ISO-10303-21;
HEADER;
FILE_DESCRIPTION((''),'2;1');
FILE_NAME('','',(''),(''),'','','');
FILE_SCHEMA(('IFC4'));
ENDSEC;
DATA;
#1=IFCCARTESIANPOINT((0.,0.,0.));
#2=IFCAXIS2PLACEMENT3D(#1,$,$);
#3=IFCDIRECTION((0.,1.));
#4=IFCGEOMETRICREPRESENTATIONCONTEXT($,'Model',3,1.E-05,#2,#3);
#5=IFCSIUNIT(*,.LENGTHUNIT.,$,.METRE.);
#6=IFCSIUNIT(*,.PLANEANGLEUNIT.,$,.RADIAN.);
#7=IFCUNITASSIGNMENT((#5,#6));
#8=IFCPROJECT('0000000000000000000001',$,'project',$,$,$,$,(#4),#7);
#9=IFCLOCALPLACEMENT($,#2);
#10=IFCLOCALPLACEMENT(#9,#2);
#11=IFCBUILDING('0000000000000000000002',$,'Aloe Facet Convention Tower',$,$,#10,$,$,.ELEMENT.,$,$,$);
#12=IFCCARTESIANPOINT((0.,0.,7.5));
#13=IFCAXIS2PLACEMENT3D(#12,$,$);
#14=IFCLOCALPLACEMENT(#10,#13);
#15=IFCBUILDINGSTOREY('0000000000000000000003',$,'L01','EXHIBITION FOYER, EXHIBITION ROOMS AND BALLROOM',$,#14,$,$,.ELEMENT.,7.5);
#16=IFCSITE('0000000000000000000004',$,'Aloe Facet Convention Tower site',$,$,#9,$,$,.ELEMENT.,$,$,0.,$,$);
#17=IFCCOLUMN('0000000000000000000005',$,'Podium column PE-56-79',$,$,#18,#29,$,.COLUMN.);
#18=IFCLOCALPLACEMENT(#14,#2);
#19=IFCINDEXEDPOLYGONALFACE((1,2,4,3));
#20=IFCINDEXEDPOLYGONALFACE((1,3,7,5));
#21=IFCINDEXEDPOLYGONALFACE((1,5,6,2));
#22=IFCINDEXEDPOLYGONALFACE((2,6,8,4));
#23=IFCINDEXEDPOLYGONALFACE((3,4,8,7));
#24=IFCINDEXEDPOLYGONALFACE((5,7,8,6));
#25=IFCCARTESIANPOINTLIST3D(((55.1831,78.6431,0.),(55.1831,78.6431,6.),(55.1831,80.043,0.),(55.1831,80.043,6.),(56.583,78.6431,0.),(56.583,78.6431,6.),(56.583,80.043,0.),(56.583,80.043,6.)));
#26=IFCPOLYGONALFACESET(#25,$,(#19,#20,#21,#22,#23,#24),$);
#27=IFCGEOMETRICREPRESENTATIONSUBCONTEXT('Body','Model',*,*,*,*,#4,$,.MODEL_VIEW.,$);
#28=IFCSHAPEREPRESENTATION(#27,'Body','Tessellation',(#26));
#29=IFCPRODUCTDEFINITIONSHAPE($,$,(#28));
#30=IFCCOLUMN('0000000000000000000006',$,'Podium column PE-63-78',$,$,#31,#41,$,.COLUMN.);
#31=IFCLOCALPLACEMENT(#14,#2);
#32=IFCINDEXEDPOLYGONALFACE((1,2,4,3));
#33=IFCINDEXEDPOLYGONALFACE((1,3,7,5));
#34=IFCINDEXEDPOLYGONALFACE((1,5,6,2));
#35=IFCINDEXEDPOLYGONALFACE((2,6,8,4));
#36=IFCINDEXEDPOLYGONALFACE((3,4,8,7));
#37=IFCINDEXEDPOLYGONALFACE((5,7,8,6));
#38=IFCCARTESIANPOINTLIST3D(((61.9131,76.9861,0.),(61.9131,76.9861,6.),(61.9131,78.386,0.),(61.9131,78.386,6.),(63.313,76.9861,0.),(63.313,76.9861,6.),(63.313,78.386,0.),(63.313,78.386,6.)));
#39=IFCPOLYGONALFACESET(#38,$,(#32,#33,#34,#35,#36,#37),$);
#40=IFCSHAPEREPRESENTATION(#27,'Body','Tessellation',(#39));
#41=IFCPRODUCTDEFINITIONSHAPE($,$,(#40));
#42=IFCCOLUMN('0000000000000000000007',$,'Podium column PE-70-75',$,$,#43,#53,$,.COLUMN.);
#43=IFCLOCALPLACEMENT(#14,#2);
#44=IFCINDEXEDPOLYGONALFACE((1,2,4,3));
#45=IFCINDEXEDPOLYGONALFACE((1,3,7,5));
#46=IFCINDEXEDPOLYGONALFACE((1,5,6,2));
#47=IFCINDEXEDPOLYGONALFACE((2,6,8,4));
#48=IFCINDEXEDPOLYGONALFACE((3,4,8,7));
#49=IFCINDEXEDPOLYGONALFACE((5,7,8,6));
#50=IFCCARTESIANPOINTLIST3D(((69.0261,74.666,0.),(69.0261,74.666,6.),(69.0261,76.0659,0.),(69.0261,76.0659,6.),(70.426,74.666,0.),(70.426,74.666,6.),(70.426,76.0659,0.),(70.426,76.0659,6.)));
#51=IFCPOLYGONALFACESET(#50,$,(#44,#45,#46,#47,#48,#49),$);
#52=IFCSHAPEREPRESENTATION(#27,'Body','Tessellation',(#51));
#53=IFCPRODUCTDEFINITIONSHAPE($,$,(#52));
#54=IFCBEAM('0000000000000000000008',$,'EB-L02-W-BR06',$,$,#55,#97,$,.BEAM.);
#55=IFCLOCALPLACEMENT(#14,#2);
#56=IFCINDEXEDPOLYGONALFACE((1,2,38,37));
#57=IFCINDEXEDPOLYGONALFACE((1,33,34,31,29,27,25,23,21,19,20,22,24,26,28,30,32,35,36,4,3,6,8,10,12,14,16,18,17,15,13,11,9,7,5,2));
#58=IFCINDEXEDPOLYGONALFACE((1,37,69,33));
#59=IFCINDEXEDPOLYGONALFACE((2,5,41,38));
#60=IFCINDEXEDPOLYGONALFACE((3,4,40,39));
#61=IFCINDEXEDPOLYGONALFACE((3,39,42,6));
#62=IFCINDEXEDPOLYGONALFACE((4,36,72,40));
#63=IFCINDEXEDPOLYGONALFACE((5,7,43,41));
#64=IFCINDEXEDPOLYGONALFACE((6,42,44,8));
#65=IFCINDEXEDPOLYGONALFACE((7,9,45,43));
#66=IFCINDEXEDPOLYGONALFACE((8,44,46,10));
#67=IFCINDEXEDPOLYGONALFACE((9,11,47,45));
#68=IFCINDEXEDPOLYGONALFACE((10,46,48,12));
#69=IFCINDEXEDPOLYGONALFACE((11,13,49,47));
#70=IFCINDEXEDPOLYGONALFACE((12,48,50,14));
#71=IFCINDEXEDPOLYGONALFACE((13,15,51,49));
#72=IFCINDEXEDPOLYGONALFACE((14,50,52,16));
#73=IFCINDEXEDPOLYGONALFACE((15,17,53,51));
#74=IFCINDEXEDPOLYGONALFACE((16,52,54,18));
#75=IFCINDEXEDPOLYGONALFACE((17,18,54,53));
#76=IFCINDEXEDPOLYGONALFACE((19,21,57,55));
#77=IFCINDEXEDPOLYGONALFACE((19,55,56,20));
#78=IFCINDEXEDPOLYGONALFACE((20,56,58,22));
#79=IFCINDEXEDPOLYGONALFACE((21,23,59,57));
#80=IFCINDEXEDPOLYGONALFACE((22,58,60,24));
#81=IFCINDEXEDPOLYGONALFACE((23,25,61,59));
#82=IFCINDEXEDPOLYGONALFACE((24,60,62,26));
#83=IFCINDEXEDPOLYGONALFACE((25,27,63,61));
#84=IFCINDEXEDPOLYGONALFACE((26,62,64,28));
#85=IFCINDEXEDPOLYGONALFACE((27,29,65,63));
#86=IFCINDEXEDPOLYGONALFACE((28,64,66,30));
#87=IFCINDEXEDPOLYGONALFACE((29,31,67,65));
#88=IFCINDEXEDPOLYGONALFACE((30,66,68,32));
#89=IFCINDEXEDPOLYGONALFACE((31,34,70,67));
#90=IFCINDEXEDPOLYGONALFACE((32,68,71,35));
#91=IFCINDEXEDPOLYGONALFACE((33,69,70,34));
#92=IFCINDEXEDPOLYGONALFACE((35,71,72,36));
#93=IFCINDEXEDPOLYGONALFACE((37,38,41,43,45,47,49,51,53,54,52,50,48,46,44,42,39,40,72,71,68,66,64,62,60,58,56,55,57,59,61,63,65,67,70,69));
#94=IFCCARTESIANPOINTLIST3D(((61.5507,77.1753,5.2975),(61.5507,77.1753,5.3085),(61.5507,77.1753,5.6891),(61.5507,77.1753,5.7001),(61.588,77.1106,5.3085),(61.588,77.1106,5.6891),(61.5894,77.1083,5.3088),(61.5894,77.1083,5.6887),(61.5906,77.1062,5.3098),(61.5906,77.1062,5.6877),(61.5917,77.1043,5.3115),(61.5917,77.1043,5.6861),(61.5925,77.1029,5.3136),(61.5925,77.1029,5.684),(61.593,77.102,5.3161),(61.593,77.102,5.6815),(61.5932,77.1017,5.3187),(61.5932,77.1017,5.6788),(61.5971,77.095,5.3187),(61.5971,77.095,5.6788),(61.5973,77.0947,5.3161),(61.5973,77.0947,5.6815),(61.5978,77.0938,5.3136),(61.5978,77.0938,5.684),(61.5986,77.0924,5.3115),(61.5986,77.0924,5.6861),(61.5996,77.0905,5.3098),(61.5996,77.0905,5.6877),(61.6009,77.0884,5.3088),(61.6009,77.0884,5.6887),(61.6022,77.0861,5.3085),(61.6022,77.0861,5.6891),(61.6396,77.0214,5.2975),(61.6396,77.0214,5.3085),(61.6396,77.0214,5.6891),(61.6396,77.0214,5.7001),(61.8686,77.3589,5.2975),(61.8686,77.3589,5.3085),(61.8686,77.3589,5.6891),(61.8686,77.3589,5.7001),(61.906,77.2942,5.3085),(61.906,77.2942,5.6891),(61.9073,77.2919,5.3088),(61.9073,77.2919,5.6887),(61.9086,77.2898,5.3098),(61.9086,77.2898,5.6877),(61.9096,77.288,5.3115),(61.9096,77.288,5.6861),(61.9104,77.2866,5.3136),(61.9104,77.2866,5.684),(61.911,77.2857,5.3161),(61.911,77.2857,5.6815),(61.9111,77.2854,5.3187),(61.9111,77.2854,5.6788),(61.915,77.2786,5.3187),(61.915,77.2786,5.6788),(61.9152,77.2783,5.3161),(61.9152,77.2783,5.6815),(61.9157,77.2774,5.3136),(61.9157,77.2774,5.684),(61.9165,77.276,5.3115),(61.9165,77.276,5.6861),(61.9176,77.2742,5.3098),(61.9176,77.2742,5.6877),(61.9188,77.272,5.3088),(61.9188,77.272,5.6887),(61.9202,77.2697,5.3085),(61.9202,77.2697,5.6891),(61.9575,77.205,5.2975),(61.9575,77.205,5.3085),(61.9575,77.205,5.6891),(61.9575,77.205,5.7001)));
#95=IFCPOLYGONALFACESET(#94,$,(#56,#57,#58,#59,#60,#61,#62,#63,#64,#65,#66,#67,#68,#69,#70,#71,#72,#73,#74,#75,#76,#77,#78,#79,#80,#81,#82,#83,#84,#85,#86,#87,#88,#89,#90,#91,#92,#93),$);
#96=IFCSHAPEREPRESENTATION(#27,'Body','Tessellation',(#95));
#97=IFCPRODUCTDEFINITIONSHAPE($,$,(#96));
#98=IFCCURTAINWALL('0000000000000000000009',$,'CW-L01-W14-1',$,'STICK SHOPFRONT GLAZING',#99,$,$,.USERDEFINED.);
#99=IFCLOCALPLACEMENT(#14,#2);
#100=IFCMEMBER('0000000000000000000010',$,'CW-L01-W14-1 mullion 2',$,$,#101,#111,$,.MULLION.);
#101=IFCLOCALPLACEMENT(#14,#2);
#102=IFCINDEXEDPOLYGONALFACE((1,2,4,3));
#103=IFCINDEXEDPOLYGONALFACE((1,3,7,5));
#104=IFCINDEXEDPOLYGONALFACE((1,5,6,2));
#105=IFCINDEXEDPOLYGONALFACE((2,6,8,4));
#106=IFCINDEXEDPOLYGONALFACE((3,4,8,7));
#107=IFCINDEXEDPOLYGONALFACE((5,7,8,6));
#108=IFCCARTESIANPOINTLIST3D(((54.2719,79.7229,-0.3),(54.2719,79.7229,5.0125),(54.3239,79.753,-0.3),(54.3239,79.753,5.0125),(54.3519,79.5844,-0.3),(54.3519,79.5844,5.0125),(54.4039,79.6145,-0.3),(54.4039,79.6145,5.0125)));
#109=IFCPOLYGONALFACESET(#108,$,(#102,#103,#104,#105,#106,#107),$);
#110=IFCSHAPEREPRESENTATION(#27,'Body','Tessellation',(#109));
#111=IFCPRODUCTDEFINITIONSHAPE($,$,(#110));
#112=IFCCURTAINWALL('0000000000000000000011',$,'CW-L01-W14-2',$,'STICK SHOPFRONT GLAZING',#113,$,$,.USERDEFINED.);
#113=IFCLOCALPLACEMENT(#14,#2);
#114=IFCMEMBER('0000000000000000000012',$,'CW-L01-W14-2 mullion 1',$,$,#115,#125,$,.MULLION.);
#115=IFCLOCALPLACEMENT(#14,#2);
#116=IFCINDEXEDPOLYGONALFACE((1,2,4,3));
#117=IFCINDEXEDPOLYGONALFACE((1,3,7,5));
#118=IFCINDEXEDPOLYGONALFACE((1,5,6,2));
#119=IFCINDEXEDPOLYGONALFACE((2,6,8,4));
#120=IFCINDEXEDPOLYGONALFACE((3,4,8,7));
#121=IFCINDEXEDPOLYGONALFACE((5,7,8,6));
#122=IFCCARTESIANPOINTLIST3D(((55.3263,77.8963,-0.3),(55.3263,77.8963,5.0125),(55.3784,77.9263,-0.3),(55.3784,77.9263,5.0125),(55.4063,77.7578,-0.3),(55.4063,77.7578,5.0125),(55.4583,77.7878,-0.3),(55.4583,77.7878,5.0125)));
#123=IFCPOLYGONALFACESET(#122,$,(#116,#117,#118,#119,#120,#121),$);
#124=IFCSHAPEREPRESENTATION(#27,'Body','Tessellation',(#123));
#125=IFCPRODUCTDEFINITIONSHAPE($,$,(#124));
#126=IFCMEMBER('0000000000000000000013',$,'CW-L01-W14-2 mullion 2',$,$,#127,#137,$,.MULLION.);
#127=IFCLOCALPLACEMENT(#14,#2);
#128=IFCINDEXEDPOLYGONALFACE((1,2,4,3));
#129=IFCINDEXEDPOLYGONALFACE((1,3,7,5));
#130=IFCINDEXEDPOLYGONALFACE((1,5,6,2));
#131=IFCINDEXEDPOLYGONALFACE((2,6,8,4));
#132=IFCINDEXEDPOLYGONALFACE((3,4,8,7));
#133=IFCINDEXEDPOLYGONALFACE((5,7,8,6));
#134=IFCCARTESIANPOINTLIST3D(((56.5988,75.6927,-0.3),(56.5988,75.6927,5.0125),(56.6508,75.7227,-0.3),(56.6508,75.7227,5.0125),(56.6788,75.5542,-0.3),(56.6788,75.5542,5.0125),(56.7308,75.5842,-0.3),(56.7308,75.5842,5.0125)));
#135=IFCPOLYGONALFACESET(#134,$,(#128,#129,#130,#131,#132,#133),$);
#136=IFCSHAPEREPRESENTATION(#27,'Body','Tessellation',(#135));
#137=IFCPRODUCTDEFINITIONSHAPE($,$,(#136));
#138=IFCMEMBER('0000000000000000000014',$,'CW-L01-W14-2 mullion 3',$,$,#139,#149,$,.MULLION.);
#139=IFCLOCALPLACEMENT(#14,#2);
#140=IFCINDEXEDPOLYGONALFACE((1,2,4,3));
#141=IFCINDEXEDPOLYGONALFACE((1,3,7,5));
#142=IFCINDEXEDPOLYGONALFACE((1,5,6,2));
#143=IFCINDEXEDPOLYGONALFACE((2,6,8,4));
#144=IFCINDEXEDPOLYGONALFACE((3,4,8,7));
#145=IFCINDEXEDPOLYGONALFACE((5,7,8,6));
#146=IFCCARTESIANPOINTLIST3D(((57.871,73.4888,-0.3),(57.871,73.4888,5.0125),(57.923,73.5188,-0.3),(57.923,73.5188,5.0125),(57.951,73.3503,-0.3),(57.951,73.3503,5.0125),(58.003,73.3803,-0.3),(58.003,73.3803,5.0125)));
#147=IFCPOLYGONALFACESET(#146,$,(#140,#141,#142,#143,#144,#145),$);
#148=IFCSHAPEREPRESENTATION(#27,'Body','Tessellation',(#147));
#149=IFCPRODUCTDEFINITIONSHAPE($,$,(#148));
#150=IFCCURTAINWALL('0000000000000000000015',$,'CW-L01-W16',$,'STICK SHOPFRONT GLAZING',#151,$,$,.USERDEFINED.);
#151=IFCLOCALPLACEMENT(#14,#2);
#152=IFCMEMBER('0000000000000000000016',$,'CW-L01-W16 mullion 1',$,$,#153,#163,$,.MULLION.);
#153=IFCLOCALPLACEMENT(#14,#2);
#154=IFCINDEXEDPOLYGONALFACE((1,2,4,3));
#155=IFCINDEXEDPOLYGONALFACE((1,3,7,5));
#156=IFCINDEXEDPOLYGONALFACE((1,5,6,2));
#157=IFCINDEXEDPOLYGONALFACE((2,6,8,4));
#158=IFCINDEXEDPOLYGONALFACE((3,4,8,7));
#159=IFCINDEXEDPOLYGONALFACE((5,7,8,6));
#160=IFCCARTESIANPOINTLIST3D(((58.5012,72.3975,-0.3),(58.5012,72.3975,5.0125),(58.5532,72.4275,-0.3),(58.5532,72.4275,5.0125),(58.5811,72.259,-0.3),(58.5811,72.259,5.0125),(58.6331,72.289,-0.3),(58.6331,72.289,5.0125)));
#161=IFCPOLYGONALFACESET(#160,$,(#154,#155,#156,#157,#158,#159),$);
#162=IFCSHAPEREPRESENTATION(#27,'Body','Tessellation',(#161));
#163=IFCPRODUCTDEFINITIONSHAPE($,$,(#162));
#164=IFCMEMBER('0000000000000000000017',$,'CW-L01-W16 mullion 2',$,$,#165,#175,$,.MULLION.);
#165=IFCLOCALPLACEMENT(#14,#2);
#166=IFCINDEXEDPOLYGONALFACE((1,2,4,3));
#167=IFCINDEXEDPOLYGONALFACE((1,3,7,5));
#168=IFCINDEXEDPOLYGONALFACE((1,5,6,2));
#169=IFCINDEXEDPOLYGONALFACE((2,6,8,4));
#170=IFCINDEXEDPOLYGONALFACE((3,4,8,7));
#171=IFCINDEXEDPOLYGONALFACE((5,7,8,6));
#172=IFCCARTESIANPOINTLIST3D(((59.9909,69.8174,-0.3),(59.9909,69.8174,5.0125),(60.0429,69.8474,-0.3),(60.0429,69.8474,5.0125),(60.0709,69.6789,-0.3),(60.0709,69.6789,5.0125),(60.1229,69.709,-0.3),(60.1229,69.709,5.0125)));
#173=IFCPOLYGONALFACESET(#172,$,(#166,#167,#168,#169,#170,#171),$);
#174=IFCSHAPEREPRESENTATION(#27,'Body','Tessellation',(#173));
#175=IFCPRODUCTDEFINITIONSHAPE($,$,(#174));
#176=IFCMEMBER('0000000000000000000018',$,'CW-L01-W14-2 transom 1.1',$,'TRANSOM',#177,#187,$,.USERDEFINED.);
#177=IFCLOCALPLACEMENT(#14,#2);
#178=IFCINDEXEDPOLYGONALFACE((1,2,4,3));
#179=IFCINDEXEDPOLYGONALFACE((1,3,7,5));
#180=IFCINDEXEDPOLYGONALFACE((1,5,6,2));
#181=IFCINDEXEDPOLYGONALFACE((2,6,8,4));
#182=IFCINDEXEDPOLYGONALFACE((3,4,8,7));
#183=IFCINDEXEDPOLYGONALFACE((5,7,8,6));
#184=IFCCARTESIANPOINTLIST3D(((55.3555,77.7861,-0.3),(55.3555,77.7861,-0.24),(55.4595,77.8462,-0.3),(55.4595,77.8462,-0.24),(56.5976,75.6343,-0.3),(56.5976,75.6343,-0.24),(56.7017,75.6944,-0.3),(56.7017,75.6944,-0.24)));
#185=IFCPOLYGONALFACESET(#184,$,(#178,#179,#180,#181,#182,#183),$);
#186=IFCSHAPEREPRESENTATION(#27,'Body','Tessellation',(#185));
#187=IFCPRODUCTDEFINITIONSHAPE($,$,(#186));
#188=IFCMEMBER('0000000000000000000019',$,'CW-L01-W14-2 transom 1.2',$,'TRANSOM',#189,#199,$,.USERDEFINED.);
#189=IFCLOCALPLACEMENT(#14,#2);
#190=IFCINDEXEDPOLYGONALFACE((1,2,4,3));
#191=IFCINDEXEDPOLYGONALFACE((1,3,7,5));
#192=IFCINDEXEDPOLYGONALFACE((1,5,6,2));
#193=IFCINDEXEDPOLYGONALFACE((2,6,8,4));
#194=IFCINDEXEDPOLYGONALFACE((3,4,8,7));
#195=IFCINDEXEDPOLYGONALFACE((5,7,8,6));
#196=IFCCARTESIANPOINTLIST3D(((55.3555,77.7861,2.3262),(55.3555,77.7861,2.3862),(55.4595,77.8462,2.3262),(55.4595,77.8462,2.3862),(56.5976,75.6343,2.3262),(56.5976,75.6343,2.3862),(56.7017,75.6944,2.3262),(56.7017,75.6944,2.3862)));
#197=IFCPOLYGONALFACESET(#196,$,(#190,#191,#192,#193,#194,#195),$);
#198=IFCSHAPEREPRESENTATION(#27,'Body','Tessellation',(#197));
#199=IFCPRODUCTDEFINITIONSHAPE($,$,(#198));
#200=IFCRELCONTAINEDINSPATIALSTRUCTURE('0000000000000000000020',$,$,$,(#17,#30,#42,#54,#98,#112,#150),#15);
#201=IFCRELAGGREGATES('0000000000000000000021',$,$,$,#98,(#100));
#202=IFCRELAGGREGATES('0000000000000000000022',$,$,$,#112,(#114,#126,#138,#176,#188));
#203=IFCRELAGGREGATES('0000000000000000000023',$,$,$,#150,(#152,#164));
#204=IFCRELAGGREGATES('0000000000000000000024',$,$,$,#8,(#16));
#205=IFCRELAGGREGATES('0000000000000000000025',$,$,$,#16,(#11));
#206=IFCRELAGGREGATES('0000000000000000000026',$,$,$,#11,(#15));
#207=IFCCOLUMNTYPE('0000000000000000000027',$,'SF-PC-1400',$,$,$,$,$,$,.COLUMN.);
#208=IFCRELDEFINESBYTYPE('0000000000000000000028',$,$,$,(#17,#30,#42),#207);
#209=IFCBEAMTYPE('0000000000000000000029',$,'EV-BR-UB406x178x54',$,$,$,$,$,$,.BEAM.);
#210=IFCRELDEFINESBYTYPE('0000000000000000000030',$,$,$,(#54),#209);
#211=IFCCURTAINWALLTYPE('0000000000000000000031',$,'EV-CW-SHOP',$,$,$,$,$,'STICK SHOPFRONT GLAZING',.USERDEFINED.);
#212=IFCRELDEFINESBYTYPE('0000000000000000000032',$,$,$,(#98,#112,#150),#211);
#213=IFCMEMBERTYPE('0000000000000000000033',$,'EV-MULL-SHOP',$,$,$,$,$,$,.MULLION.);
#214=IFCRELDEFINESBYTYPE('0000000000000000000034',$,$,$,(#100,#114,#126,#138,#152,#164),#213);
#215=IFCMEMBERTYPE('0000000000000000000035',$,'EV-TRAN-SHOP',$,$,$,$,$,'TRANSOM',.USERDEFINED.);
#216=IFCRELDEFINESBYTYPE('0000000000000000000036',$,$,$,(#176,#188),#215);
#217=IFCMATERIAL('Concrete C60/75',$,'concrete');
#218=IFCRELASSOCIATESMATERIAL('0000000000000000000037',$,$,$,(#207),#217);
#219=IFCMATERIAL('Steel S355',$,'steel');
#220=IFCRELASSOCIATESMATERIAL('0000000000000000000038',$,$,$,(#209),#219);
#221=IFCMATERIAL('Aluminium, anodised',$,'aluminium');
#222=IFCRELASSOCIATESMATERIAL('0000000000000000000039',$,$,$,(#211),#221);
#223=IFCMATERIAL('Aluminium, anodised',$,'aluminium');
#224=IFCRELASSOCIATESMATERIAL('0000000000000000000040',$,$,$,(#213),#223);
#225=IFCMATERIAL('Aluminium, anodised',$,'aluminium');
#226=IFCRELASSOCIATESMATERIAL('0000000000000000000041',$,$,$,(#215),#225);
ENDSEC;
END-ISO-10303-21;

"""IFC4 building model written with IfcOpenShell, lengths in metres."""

from ifc_helpers import new_model, si_unit, direction, frame, origin, origin_2d, place, context, subcontext, project, spatial, rectangle, i_section, extrude, material, material_profile, profile_set, type_object, element, aggregate, save


model = new_model("IFC4")

# Units and contexts
model_context = context("Model", 3, precision=1e-05, world=origin(), true_north=direction((0.0, 1.0)))
body_context = subcontext(model_context, "Body", "Model", "MODEL_VIEW")
ifc_project = project(units=[si_unit("LENGTHUNIT", "METRE"), si_unit("PLANEANGLEUNIT", "RADIAN")], contexts=[model_context])

# Site, building, storey
site_placement = place(None, origin())
site = spatial("IfcSite", under=ifc_project, at=site_placement, Name="Aloe Facet Convention Tower site", CompositionType="ELEMENT", RefElevation=0.0)
building_placement = place(site_placement, origin())
building = spatial("IfcBuilding", under=site, at=building_placement, Name="Aloe Facet Convention Tower", CompositionType="ELEMENT")
storey_placement = place(building_placement, frame((0.0, 0.0, 7.5)))
storey = spatial("IfcBuildingStorey", under=building, at=storey_placement, Name="L01", Description="EXHIBITION FOYER, EXHIBITION ROOMS AND BALLROOM", CompositionType="ELEMENT", Elevation=7.5)

# Columns
ifc_material_1 = material(Name="Concrete C60/75", Category="concrete")
ifc_material_profile_1 = material_profile(ifc_material_1, rectangle(XDim=1.3999, YDim=1.3999, at=origin_2d()), Name="SF-PC-1400")
ifc_profile_set_1 = profile_set([ifc_material_profile_1], Name="Concrete C60/75")
column_type = type_object("IfcColumnType", Name="SF-PC-1400", PredefinedType="COLUMN", material=ifc_profile_set_1)
for number, where, z_axis, x_axis, name in (
    (1, (55.8831, 79.343, 0.0), (0.0, 0.0, 1.0), (1.0, 0.0, 0.0), "Podium column PE-56-79"),
    (2, (62.613, 77.686, 0.0), (0.0, 0.0, 1.0), (1.0, 0.0, 0.0), "Podium column PE-63-78"),
    (3, (69.7261, 75.366, 0.0), (0.0, 0.0, 1.0), (1.0, 0.0, 0.0), "Podium column PE-70-75"),
):
    element("IfcColumn", number, at=place(storey_placement, frame(where, z_axis=z_axis, x_axis=x_axis)), inside=storey, type_object=column_type, Name=name, PredefinedType="COLUMN", context=body_context, shape_type="SweptSolid", body=[
        extrude(rectangle(XDim=1.3999, YDim=1.3999, at=origin_2d()), origin(), (0.0, 0.0, 1.0), 6.0),
    ])

# Beam
ifc_material_2 = material(Name="Steel S355", Category="steel")
ifc_material_profile_2 = material_profile(ifc_material_2, i_section(OverallWidth=0.1777, OverallDepth=0.4026, WebThickness=0.0078, FlangeThickness=0.011, FilletRadius=0.0103, at=origin_2d()), Name="UB 406x178x54")
ifc_profile_set_2 = profile_set([ifc_material_profile_2], Name="Steel S355")
beam_type_1 = type_object("IfcBeamType", Name="EV-BR-UB406x178x54", PredefinedType="BEAM", material=ifc_profile_set_2)
beam_1_placement = place(storey_placement, frame((61.9131, 77.282, 5.4988), z_axis=(-0.865942, -0.500145, 0.0), x_axis=(0.500145, -0.865942, 0.0)))
element("IfcBeam", 4, at=beam_1_placement, inside=storey, type_object=beam_type_1, Name="EB-L02-W-BR06", PredefinedType="BEAM", context=body_context, shape_type="SweptSolid", body=[
    extrude(i_section(OverallWidth=0.1777, OverallDepth=0.4026, WebThickness=0.0078, FlangeThickness=0.011, FilletRadius=0.0103, at=origin_2d()), origin(), (0.0, 0.0, 1.0), 0.3672),
])

# Curtain wall, member
ifc_material_3 = material(Name="Aluminium, anodised", Category="aluminium")
curtain_wall_type = type_object("IfcCurtainWallType", Name="EV-CW-SHOP", ElementType="STICK SHOPFRONT GLAZING", PredefinedType="USERDEFINED", material=ifc_material_3)
curtain_wall_1_placement = place(storey_placement, origin())
curtain_wall_1 = element("IfcCurtainWall", 5, at=curtain_wall_1_placement, inside=storey, type_object=curtain_wall_type, Name="CW-L01-W14-1", ObjectType="STICK SHOPFRONT GLAZING", PredefinedType="USERDEFINED")
ifc_material_4 = material(Name="Aluminium, anodised", Category="aluminium")
ifc_material_profile_3 = material_profile(ifc_material_4, rectangle(XDim=0.0601, YDim=0.1599, at=origin_2d()), Name="AL 60x160")
ifc_profile_set_3 = profile_set([ifc_material_profile_3], Name="Aluminium, anodised")
member_type_1 = type_object("IfcMemberType", Name="EV-MULL-SHOP", PredefinedType="MULLION", material=ifc_profile_set_3)
member_1_placement = place(storey_placement, frame((54.3379, 79.6687, -0.3), z_axis=(0.0, 0.0, 1.0), x_axis=(0.866025, 0.5, 0.0)))
member_1 = element("IfcMember", 6, at=member_1_placement, type_object=member_type_1, Name="CW-L01-W14-1 mullion 2", PredefinedType="MULLION", context=body_context, shape_type="SweptSolid", body=[
    extrude(rectangle(XDim=0.0601, YDim=0.1599, at=origin_2d()), origin(), (0.0, 0.0, 1.0), 5.3125),
])
aggregate(curtain_wall_1, [member_1])

# Curtain walls, members
curtain_wall_2_placement = place(storey_placement, origin())
curtain_wall_2 = element("IfcCurtainWall", 7, at=curtain_wall_2_placement, inside=storey, type_object=curtain_wall_type, Name="CW-L01-W14-2", ObjectType="STICK SHOPFRONT GLAZING", PredefinedType="USERDEFINED")
member_2_placement = place(storey_placement, frame((55.3923, 77.842, -0.3), z_axis=(0.0, 0.0, 1.0), x_axis=(0.866025, 0.5, 0.0)))
member_2 = element("IfcMember", 8, at=member_2_placement, type_object=member_type_1, Name="CW-L01-W14-2 mullion 1", PredefinedType="MULLION", context=body_context, shape_type="SweptSolid", body=[
    extrude(rectangle(XDim=0.0601, YDim=0.1599, at=origin_2d()), origin(), (0.0, 0.0, 1.0), 5.3125),
])
member_3_placement = place(storey_placement, frame((56.6648, 75.6384, -0.3), z_axis=(0.0, 0.0, 1.0), x_axis=(0.866025, 0.5, 0.0)))
member_3 = element("IfcMember", 9, at=member_3_placement, type_object=member_type_1, Name="CW-L01-W14-2 mullion 2", PredefinedType="MULLION", context=body_context, shape_type="SweptSolid", body=[
    extrude(rectangle(XDim=0.0601, YDim=0.1599, at=origin_2d()), origin(), (0.0, 0.0, 1.0), 5.3125),
])
member_4_placement = place(storey_placement, frame((57.937, 73.4346, -0.3), z_axis=(0.0, 0.0, 1.0), x_axis=(0.866025, 0.5, 0.0)))
member_4 = element("IfcMember", 10, at=member_4_placement, type_object=member_type_1, Name="CW-L01-W14-2 mullion 3", PredefinedType="MULLION", context=body_context, shape_type="SweptSolid", body=[
    extrude(rectangle(XDim=0.0601, YDim=0.1599, at=origin_2d()), origin(), (0.0, 0.0, 1.0), 5.3125),
])
curtain_wall_3_placement = place(storey_placement, origin())
curtain_wall_3 = element("IfcCurtainWall", 11, at=curtain_wall_3_placement, inside=storey, type_object=curtain_wall_type, Name="CW-L01-W16", ObjectType="STICK SHOPFRONT GLAZING", PredefinedType="USERDEFINED")
member_5_placement = place(storey_placement, frame((58.5671, 72.3433, -0.3), z_axis=(0.0, 0.0, 1.0), x_axis=(0.866025, 0.5, 0.0)))
member_5 = element("IfcMember", 12, at=member_5_placement, type_object=member_type_1, Name="CW-L01-W16 mullion 1", PredefinedType="MULLION", context=body_context, shape_type="SweptSolid", body=[
    extrude(rectangle(XDim=0.0601, YDim=0.1599, at=origin_2d()), origin(), (0.0, 0.0, 1.0), 5.3125),
])
member_6_placement = place(storey_placement, frame((60.0569, 69.7632, -0.3), z_axis=(0.0, 0.0, 1.0), x_axis=(0.866025, 0.5, 0.0)))
member_6 = element("IfcMember", 13, at=member_6_placement, type_object=member_type_1, Name="CW-L01-W16 mullion 2", PredefinedType="MULLION", context=body_context, shape_type="SweptSolid", body=[
    extrude(rectangle(XDim=0.0601, YDim=0.1599, at=origin_2d()), origin(), (0.0, 0.0, 1.0), 5.3125),
])

# Members
ifc_material_5 = material(Name="Aluminium, anodised", Category="aluminium")
ifc_material_profile_4 = material_profile(ifc_material_5, rectangle(XDim=0.1201, YDim=0.0601, at=origin_2d()), Name="AL 120x60")
ifc_profile_set_4 = profile_set([ifc_material_profile_4], Name="Aluminium, anodised")
member_type_2 = type_object("IfcMemberType", Name="EV-TRAN-SHOP", ElementType="TRANSOM", PredefinedType="USERDEFINED", material=ifc_profile_set_4)
member_7_placement = place(storey_placement, frame((55.4075, 77.8162, -0.27), z_axis=(0.499944, -0.866058, 0.0), x_axis=(0.866058, 0.499944, 0.0)))
member_7 = element("IfcMember", 14, at=member_7_placement, type_object=member_type_2, Name="CW-L01-W14-2 transom 1.1", ObjectType="TRANSOM", PredefinedType="USERDEFINED", context=body_context, shape_type="SweptSolid", body=[
    extrude(rectangle(XDim=0.1201, YDim=0.0601, at=origin_2d()), origin(), (0.0, 0.0, 1.0), 2.4846),
])
member_8_placement = place(storey_placement, frame((55.4075, 77.8162, 2.3562), z_axis=(0.499944, -0.866058, 0.0), x_axis=(0.866058, 0.499944, 0.0)))
member_8 = element("IfcMember", 15, at=member_8_placement, type_object=member_type_2, Name="CW-L01-W14-2 transom 1.2", ObjectType="TRANSOM", PredefinedType="USERDEFINED", context=body_context, shape_type="SweptSolid", body=[
    extrude(rectangle(XDim=0.1201, YDim=0.0601, at=origin_2d()), origin(), (0.0, 0.0, 1.0), 2.4846),
])

aggregate(curtain_wall_2, [member_2, member_3, member_4, member_7, member_8])
aggregate(curtain_wall_3, [member_5, member_6])

save(model, "model.ifc")
